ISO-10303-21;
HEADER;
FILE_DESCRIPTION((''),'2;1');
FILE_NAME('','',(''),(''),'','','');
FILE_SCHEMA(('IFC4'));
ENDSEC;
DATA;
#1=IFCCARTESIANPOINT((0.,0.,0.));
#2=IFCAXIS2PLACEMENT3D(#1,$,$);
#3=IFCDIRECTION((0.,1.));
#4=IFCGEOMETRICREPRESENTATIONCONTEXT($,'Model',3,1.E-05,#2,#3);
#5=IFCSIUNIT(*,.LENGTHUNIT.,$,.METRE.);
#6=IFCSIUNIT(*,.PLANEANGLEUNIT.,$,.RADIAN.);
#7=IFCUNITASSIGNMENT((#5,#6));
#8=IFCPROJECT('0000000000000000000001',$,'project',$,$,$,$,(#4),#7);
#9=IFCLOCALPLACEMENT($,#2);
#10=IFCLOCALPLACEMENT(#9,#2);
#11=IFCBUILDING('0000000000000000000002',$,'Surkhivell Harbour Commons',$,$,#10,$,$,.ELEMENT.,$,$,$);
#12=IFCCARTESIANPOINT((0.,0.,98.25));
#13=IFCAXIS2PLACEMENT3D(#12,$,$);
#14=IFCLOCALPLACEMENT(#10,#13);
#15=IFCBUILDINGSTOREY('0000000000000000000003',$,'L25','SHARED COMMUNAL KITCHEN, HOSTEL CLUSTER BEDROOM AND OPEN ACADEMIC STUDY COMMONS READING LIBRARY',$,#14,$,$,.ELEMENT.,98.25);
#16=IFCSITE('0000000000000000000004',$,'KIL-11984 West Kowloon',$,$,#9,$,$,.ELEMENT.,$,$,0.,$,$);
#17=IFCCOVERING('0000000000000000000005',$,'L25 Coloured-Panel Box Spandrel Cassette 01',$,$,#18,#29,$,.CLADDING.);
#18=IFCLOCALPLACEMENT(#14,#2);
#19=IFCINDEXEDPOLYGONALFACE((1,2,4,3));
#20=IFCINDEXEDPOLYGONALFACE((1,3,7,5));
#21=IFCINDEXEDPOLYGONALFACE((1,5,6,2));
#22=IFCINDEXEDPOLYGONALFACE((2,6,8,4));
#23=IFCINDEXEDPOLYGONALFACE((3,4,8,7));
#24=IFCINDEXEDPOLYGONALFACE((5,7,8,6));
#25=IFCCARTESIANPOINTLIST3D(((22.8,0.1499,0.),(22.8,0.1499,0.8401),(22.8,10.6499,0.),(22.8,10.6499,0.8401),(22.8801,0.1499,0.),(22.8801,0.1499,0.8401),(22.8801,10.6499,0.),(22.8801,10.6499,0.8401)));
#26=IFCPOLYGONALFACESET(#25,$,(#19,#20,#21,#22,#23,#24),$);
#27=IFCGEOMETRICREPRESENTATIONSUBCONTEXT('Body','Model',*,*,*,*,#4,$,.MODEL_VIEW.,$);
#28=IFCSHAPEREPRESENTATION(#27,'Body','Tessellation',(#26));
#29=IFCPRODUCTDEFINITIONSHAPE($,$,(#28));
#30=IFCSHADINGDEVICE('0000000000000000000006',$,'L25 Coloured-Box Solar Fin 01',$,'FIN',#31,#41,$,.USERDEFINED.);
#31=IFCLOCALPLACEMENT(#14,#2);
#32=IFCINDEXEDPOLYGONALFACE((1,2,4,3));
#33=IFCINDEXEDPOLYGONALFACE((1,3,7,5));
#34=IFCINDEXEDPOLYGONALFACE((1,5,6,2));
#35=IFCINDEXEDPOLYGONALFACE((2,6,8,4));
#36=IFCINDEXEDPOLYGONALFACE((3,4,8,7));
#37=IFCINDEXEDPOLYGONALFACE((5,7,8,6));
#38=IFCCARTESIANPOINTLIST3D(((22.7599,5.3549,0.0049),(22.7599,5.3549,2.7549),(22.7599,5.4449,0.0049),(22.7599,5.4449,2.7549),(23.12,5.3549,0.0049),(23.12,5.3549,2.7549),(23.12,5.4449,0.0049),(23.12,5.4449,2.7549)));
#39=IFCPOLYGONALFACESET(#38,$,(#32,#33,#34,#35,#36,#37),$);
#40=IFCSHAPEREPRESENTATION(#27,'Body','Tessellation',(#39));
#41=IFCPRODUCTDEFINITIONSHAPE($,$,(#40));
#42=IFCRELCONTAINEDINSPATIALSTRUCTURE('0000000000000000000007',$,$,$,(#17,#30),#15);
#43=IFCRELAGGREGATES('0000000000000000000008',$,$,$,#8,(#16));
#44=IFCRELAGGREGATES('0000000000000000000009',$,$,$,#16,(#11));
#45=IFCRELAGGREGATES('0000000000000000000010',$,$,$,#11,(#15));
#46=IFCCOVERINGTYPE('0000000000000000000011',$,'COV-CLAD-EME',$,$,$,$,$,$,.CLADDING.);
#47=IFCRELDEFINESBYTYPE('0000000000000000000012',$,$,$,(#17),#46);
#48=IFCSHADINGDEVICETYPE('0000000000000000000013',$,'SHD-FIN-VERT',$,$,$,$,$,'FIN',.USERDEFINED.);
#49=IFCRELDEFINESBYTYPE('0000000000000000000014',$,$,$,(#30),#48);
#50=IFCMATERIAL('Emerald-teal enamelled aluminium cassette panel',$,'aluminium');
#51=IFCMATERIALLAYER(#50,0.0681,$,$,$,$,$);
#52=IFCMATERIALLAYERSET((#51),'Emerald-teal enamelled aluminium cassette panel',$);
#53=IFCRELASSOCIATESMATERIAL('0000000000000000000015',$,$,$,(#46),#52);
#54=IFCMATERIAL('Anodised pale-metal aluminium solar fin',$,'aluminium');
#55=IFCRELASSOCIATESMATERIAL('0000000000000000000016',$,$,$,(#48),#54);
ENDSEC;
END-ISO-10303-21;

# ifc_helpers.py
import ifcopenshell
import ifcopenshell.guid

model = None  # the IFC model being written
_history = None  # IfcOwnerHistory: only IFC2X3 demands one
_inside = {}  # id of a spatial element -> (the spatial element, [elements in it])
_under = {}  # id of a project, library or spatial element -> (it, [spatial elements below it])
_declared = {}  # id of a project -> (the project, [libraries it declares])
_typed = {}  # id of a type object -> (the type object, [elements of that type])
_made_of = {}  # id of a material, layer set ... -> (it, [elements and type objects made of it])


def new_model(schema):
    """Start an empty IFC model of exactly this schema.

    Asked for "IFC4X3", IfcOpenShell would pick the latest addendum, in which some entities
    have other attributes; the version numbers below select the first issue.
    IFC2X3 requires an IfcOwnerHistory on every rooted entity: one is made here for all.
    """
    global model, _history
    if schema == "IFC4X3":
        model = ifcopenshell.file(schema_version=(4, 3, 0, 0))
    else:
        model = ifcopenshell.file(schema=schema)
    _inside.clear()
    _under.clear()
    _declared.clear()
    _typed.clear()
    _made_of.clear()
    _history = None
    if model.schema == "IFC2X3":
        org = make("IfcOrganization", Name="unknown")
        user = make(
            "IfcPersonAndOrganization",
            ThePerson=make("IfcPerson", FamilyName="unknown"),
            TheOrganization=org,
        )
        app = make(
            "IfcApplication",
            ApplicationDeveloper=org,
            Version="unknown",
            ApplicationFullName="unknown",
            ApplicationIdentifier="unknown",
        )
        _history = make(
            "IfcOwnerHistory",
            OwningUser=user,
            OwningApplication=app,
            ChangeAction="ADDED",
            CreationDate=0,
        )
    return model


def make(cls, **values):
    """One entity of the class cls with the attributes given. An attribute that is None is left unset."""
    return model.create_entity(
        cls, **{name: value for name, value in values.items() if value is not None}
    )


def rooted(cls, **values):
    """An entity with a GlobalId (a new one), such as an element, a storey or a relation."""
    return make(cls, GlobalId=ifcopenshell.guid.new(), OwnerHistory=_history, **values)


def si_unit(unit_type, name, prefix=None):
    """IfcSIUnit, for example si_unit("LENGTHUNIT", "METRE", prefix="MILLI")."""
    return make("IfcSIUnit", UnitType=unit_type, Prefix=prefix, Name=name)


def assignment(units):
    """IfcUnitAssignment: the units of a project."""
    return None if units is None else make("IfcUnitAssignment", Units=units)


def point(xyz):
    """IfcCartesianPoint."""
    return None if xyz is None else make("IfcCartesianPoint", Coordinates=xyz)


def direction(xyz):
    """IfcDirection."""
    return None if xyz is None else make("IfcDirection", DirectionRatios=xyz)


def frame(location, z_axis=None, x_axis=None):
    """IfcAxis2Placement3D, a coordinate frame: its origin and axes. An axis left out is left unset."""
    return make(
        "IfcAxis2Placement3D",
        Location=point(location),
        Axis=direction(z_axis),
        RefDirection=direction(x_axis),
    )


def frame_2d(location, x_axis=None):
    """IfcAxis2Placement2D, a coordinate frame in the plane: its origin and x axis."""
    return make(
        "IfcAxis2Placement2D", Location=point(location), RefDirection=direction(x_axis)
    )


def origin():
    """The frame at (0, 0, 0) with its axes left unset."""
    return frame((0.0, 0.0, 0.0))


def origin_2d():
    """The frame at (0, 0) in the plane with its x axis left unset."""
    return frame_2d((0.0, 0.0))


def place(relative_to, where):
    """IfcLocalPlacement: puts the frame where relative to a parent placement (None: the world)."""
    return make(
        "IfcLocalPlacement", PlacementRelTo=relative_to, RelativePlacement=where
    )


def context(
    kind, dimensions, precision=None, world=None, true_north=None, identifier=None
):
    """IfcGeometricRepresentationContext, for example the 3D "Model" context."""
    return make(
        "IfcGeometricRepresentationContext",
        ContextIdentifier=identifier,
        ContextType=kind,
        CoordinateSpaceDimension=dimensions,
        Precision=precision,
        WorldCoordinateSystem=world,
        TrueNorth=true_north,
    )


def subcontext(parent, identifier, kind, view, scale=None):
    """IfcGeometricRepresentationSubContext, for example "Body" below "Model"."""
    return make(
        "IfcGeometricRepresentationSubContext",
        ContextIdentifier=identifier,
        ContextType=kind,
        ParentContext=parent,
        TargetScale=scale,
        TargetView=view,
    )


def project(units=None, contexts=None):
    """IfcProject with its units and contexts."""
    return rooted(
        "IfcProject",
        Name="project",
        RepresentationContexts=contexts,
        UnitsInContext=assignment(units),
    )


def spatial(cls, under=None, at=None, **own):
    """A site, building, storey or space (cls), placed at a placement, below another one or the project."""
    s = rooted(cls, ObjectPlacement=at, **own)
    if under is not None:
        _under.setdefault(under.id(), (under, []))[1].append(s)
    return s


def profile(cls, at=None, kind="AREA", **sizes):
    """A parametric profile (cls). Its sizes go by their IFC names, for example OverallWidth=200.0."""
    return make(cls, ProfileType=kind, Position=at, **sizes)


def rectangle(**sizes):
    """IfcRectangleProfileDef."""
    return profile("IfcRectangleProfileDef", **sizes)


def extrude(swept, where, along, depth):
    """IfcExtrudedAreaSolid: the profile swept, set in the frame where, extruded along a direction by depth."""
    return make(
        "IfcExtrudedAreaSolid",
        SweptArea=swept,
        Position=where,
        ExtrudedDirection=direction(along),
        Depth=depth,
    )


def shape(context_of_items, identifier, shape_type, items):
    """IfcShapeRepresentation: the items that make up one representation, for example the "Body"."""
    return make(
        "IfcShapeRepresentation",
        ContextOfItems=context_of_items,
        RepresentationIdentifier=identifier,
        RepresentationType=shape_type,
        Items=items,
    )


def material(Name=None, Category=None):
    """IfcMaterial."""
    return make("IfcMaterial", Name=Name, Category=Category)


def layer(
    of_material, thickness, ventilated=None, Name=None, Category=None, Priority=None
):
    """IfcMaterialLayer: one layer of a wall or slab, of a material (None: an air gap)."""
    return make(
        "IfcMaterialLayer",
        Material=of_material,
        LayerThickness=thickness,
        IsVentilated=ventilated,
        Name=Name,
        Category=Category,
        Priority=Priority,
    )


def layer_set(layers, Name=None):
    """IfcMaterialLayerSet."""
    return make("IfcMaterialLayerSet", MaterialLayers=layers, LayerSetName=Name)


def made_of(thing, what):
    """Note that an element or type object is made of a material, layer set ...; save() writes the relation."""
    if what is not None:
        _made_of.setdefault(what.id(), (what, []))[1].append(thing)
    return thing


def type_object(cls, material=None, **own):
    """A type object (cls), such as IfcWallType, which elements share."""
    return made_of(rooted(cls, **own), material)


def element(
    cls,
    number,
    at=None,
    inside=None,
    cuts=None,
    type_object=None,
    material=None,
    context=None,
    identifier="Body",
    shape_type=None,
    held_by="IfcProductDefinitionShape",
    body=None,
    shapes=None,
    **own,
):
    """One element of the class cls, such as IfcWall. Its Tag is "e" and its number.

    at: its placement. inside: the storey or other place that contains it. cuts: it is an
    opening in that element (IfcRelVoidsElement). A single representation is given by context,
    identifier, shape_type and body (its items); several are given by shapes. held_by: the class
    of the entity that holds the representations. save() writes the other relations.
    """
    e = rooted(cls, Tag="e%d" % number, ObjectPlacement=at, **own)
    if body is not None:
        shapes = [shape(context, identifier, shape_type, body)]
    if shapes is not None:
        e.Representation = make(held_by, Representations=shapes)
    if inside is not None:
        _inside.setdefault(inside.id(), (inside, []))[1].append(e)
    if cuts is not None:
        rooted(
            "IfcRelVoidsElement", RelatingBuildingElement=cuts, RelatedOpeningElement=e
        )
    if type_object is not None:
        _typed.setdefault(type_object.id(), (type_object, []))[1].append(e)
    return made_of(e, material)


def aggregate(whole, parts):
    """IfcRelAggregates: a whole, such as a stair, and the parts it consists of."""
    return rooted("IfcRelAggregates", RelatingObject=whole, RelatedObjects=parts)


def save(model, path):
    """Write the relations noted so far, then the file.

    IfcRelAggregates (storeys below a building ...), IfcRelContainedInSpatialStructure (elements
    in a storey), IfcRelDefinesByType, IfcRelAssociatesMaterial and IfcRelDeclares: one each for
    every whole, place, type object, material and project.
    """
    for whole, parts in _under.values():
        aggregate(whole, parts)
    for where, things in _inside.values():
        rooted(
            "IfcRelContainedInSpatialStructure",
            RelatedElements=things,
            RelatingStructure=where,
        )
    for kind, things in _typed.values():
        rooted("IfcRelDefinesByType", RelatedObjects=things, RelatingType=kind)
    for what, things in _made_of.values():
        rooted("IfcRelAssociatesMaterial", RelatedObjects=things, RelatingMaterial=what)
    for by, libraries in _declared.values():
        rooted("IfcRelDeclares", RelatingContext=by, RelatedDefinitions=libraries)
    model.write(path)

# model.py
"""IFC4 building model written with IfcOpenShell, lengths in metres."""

from ifc_helpers import new_model, si_unit, direction, frame, origin, origin_2d, place, context, subcontext, project, spatial, rectangle, extrude, material, layer, layer_set, type_object, element, save


model = new_model("IFC4")

# Units and contexts
model_context = context("Model", 3, precision=1e-05, world=origin(), true_north=direction((0.0, 1.0)))
body_context = subcontext(model_context, "Body", "Model", "MODEL_VIEW")
ifc_project = project(units=[si_unit("LENGTHUNIT", "METRE"), si_unit("PLANEANGLEUNIT", "RADIAN")], contexts=[model_context])

# Site, building, storey
site_placement = place(None, origin())
site = spatial("IfcSite", under=ifc_project, at=site_placement, Name="KIL-11984 West Kowloon", CompositionType="ELEMENT", RefElevation=0.0)
building_placement = place(site_placement, origin())
building = spatial("IfcBuilding", under=site, at=building_placement, Name="Surkhivell Harbour Commons", CompositionType="ELEMENT")
storey_placement = place(building_placement, frame((0.0, 0.0, 98.25)))
storey = spatial("IfcBuildingStorey", under=building, at=storey_placement, Name="L25", Description="SHARED COMMUNAL KITCHEN, HOSTEL CLUSTER BEDROOM AND OPEN ACADEMIC STUDY COMMONS READING LIBRARY", CompositionType="ELEMENT", Elevation=98.25)

# Covering
ifc_material_1 = material(Name="Emerald-teal enamelled aluminium cassette panel", Category="aluminium")
ifc_layer_1 = layer(ifc_material_1, 0.0681)
ifc_layer_set_1 = layer_set([ifc_layer_1], Name="Emerald-teal enamelled aluminium cassette panel")
covering_type = type_object("IfcCoveringType", Name="COV-CLAD-EME", PredefinedType="CLADDING", material=ifc_layer_set_1)
covering_placement = place(storey_placement, frame((22.8401, 5.3999, 0.0), z_axis=(0.0, 0.0, 1.0), x_axis=(1.0, 0.0, 0.0)))
element("IfcCovering", 1, at=covering_placement, inside=storey, type_object=covering_type, Name="L25 Coloured-Panel Box Spandrel Cassette 01", PredefinedType="CLADDING", context=body_context, shape_type="SweptSolid", body=[
    extrude(rectangle(XDim=0.0801, YDim=10.5, at=origin_2d()), origin(), (0.0, 0.0, 1.0), 0.8401),
])

# Shading device
ifc_material_2 = material(Name="Anodised pale-metal aluminium solar fin", Category="aluminium")
shading_device_type = type_object("IfcShadingDeviceType", Name="SHD-FIN-VERT", ElementType="FIN", PredefinedType="USERDEFINED", material=ifc_material_2)
shading_device_placement = place(storey_placement, frame((22.9399, 5.3999, 0.0049), z_axis=(0.0, 0.0, 1.0), x_axis=(1.0, 0.0, 0.0)))
element("IfcShadingDevice", 2, at=shading_device_placement, inside=storey, type_object=shading_device_type, Name="L25 Coloured-Box Solar Fin 01", ObjectType="FIN", PredefinedType="USERDEFINED", context=body_context, shape_type="SweptSolid", body=[
    extrude(rectangle(XDim=0.3601, YDim=0.0901, at=origin_2d()), origin(), (0.0, 0.0, 1.0), 2.75),
])

save(model, "model.ifc")
